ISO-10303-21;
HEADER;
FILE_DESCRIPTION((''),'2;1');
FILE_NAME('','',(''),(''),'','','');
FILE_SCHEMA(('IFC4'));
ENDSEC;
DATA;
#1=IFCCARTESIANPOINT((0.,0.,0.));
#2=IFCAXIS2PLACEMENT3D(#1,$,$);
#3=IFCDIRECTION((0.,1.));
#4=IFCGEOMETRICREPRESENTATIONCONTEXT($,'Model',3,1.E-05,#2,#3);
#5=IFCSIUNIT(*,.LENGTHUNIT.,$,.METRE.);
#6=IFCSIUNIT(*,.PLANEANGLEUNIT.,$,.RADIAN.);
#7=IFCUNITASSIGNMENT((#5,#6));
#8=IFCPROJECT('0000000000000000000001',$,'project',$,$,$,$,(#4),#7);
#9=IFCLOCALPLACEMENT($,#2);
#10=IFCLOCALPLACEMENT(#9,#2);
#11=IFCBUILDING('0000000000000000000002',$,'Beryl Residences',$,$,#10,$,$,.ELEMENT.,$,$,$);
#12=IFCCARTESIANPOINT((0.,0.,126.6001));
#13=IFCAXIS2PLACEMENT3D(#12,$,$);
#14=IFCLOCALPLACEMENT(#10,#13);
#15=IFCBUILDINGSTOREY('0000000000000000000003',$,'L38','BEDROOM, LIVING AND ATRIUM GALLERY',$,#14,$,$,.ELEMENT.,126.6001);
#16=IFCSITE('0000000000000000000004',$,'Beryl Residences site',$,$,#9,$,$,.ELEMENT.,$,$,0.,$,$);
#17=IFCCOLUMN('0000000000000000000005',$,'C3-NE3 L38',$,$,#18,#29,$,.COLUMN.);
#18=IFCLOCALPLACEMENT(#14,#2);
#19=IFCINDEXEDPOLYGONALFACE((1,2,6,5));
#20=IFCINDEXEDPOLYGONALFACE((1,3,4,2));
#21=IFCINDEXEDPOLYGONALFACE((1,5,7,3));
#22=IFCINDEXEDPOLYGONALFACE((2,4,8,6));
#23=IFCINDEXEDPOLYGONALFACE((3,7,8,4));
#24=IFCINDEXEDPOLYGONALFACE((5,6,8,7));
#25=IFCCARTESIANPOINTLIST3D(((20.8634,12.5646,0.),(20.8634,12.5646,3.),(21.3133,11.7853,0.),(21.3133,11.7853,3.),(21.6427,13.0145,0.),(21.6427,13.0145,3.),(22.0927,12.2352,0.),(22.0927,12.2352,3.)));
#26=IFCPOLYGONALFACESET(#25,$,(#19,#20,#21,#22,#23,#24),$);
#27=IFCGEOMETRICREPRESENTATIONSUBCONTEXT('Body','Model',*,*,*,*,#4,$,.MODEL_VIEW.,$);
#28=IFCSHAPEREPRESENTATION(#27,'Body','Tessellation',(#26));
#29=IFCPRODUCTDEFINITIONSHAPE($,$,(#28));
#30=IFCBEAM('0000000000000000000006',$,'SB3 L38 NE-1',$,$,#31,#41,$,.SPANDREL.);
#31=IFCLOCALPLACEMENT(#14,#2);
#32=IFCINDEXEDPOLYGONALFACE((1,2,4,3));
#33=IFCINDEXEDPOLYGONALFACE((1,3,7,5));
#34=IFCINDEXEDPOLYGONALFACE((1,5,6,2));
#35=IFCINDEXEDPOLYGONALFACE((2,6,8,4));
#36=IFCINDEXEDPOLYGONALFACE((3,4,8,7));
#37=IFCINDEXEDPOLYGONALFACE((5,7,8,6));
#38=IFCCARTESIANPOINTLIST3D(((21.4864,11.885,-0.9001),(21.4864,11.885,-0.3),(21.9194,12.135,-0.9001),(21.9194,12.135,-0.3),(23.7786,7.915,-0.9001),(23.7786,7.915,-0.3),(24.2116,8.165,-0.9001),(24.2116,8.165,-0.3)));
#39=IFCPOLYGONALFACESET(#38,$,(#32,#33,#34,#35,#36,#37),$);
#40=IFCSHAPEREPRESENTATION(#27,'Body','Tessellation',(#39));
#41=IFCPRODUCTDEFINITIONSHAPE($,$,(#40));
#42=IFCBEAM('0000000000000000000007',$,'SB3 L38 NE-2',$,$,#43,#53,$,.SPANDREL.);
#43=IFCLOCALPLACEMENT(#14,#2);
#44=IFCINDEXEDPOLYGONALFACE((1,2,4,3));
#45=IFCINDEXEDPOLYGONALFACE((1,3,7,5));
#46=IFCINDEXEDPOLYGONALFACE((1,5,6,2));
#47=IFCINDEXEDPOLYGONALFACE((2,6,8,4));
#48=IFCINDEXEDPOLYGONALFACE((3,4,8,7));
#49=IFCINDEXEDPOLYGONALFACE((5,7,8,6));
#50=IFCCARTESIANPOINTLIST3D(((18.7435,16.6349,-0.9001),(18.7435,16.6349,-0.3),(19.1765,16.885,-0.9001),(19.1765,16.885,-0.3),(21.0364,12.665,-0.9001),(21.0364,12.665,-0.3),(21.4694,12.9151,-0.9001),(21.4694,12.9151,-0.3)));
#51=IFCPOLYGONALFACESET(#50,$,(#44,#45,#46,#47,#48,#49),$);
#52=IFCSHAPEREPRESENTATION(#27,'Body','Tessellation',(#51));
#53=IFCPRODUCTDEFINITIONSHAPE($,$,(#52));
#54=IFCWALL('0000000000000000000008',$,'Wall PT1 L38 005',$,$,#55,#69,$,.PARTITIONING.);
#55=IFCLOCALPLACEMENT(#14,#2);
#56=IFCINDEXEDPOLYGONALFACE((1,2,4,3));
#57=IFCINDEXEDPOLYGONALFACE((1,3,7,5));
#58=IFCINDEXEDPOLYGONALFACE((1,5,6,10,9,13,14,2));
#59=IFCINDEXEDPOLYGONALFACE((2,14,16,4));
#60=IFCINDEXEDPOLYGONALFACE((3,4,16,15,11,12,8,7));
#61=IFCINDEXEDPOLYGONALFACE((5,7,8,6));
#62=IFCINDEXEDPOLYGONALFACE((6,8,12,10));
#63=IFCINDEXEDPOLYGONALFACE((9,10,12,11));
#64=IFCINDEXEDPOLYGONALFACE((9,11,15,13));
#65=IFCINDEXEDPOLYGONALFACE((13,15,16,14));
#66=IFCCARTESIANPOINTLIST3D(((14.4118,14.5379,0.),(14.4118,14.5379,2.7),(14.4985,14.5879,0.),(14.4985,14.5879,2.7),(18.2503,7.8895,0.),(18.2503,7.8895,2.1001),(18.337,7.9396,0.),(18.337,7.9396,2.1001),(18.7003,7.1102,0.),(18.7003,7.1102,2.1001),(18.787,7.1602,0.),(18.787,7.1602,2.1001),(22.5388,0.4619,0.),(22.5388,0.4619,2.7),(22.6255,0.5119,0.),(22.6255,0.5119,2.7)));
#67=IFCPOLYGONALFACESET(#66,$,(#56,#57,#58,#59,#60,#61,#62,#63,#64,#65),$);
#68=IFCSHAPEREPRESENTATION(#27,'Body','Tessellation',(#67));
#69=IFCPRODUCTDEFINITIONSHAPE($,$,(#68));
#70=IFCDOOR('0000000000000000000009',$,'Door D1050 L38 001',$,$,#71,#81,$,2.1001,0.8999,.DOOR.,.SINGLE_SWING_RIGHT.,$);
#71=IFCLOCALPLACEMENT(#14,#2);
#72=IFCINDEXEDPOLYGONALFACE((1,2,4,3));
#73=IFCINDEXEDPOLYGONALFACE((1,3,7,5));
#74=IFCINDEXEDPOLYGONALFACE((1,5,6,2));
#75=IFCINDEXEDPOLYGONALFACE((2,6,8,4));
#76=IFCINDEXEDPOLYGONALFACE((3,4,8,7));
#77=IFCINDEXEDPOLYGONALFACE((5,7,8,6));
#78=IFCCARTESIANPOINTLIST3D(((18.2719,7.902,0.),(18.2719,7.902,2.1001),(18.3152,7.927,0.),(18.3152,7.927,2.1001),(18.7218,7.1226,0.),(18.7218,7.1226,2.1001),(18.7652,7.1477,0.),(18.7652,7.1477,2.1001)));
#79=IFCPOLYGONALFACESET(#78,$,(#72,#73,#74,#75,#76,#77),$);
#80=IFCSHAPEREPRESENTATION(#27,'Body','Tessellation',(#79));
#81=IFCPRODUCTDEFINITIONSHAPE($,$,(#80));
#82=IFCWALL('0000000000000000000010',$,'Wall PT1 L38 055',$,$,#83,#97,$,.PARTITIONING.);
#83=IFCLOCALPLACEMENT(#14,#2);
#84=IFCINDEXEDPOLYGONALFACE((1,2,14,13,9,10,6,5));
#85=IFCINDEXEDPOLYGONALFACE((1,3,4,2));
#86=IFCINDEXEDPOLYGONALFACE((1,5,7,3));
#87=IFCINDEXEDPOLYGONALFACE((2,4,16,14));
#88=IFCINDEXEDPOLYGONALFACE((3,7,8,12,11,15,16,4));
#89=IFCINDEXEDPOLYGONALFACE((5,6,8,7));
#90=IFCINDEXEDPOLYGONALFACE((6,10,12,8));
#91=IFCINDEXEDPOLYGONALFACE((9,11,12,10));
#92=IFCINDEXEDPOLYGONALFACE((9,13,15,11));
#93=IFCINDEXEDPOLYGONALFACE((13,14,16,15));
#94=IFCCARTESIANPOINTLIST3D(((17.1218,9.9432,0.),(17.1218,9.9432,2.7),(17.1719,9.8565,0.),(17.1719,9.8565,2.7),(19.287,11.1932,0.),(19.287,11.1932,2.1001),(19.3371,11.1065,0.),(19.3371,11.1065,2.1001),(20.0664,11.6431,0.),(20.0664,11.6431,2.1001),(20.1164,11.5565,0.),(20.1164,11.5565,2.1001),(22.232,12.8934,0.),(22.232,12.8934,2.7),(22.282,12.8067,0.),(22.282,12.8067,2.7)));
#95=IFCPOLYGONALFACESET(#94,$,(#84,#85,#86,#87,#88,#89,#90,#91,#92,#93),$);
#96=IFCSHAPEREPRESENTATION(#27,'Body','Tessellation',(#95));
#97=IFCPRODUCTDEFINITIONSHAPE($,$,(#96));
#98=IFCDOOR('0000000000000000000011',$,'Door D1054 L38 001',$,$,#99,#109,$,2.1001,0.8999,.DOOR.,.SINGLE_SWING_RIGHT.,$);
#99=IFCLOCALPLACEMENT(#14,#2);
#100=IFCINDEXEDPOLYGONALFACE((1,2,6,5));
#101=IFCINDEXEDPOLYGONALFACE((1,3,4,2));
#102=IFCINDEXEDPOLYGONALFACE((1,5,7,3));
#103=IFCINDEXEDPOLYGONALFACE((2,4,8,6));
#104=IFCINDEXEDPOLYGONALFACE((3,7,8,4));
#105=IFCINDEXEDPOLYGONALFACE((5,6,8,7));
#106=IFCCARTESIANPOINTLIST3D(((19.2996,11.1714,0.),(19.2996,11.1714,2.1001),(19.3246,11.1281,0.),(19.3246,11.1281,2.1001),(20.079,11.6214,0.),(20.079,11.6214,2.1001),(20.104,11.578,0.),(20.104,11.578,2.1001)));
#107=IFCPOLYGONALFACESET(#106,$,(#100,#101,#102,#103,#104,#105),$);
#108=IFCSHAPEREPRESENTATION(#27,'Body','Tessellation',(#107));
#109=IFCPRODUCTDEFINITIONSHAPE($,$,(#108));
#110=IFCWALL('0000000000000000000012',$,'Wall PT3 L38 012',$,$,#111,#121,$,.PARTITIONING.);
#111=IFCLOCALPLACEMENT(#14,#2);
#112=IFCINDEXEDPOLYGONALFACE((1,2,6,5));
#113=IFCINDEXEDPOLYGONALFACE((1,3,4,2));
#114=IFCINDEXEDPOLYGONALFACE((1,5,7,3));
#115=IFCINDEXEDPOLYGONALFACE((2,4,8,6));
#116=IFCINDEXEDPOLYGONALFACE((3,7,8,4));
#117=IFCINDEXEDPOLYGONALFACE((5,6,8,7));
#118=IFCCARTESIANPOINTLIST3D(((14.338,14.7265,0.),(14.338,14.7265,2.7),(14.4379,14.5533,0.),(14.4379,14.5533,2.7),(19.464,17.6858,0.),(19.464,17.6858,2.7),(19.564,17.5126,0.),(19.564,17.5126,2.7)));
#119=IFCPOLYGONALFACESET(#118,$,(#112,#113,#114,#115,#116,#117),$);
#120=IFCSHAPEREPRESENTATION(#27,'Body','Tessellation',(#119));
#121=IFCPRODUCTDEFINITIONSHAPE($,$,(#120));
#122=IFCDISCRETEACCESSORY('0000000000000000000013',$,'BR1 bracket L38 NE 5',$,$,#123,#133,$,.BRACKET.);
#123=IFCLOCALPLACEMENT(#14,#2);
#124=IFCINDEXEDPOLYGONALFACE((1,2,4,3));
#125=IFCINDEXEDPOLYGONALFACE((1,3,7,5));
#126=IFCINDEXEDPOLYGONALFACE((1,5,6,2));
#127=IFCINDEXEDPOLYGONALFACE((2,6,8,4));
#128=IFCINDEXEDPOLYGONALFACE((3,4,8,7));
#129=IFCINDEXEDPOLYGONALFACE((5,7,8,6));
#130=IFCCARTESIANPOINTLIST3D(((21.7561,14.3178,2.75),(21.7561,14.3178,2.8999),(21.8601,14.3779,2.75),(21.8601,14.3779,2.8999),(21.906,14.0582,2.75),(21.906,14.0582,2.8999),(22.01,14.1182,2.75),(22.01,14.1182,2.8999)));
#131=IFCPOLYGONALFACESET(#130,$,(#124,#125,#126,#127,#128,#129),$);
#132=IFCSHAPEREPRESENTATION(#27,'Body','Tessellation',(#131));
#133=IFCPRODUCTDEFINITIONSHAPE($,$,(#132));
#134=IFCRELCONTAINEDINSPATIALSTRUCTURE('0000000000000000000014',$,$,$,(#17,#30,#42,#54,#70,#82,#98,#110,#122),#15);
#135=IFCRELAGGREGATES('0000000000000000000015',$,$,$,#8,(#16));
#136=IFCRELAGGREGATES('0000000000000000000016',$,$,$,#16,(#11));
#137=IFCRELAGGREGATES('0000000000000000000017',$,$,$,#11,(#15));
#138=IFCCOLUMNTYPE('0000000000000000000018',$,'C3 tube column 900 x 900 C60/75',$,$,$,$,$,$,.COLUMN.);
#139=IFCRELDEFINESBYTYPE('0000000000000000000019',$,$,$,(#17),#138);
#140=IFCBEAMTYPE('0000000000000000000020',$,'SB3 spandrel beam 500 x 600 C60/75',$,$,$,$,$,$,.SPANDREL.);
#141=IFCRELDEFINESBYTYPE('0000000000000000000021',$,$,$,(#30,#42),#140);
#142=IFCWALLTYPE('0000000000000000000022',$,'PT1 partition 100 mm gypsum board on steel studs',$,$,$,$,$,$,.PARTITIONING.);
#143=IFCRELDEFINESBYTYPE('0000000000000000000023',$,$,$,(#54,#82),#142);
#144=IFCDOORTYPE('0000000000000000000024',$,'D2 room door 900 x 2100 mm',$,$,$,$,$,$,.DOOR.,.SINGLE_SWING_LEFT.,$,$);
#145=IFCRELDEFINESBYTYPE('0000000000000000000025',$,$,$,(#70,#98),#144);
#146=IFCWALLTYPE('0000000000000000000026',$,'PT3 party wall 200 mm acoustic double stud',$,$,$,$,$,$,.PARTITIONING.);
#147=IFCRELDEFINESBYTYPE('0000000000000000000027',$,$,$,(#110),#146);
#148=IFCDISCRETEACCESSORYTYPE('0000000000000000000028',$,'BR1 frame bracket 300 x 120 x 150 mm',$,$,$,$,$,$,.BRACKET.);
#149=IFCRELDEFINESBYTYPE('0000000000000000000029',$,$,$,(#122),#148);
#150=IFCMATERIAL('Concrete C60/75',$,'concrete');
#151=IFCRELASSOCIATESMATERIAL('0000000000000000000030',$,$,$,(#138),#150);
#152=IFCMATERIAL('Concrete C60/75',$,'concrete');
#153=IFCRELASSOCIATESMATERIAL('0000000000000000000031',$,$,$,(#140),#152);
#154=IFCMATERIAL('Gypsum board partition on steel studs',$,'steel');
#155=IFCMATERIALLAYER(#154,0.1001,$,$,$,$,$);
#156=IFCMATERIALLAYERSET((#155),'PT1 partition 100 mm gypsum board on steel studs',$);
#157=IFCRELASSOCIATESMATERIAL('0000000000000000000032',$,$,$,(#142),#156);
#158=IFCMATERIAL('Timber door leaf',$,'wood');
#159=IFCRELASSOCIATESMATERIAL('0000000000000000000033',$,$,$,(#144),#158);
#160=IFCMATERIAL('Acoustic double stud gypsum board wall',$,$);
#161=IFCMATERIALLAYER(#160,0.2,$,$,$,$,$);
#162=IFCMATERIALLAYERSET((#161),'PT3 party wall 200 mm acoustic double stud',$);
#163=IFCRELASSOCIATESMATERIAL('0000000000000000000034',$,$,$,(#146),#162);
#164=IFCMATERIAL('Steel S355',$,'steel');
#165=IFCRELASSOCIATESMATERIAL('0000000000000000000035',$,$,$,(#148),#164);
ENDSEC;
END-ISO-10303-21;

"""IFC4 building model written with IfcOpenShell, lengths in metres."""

from ifc_helpers import new_model, si_unit, direction, frame, frame_2d, origin, origin_2d, place, context, subcontext, project, spatial, polyline, rectangle, outline, extrude, source, transform, mapped, material, layer, layer_set, material_profile, profile_set, type_object, type_shapes, element, fill, save


model = new_model("IFC4")

# Units and contexts
model_context = context("Model", 3, precision=1e-05, world=origin(), true_north=direction((0.0, 1.0)))
body_context = subcontext(model_context, "Body", "Model", "MODEL_VIEW")
ifc_project = project(units=[si_unit("LENGTHUNIT", "METRE"), si_unit("PLANEANGLEUNIT", "RADIAN")], contexts=[model_context])

# Site, building, storey
site_placement = place(None, origin())
site = spatial("IfcSite", under=ifc_project, at=site_placement, Name="Beryl Residences site", CompositionType="ELEMENT", RefElevation=0.0)
building_placement = place(site_placement, origin())
building = spatial("IfcBuilding", under=site, at=building_placement, Name="Beryl Residences", CompositionType="ELEMENT")
storey_placement = place(building_placement, frame((0.0, 0.0, 126.6001)))
storey = spatial("IfcBuildingStorey", under=building, at=storey_placement, Name="L38", Description="BEDROOM, LIVING AND ATRIUM GALLERY", CompositionType="ELEMENT", Elevation=126.6001)

# Column
ifc_material_1 = material(Name="Concrete C60/75", Category="concrete")
ifc_material_profile_1 = material_profile(ifc_material_1, rectangle(XDim=0.8999, YDim=0.8999, at=origin_2d()))
ifc_profile_set_1 = profile_set([ifc_material_profile_1], Name="Concrete C60/75")
column_type = type_object("IfcColumnType", Name="C3 tube column 900 x 900 C60/75", PredefinedType="COLUMN", material=ifc_profile_set_1)
column_placement = place(storey_placement, frame((21.478, 12.3999, 0.0), z_axis=(0.0, 0.0, 1.0), x_axis=(-0.5, 0.866025, 0.0)))
element("IfcColumn", 1, at=column_placement, inside=storey, type_object=column_type, Name="C3-NE3 L38", PredefinedType="COLUMN", context=body_context, shape_type="SweptSolid", body=[
    extrude(rectangle(XDim=0.8999, YDim=0.8999, at=origin_2d()), origin(), (0.0, 0.0, 1.0), 3.0),
])

# Beams
ifc_material_2 = material(Name="Concrete C60/75", Category="concrete")
ifc_material_profile_2 = material_profile(ifc_material_2, rectangle(XDim=0.5, YDim=0.6001, at=origin_2d()))
ifc_profile_set_2 = profile_set([ifc_material_profile_2], Name="Concrete C60/75")
beam_type = type_object("IfcBeamType", Name="SB3 spandrel beam 500 x 600 C60/75", PredefinedType="SPANDREL", material=ifc_profile_set_2)
beam_1_placement = place(storey_placement, frame((23.9951, 8.04, -0.6001), z_axis=(-0.500028, 0.866009, 0.0), x_axis=(-0.866009, -0.500028, 0.0)))
element("IfcBeam", 2, at=beam_1_placement, inside=storey, type_object=beam_type, Name="SB3 L38 NE-1", PredefinedType="SPANDREL", context=body_context, shape_type="SweptSolid", body=[
    extrude(rectangle(XDim=0.5, YDim=0.6001, at=origin_2d()), origin(), (0.0, 0.0, 1.0), 4.5842),
])
beam_2_placement = place(storey_placement, frame((21.2529, 12.79, -0.6001), z_axis=(-0.500148, 0.86594, 0.0), x_axis=(-0.86594, -0.500148, 0.0)))
element("IfcBeam", 3, at=beam_2_placement, inside=storey, type_object=beam_type, Name="SB3 L38 NE-2", PredefinedType="SPANDREL", context=body_context, shape_type="SweptSolid", body=[
    extrude(rectangle(XDim=0.5, YDim=0.6001, at=origin_2d()), origin(), (0.0, 0.0, 1.0), 4.5845),
])

# Walls, openings, doors
ifc_material_3 = material(Name="Gypsum board partition on steel studs", Category="steel")
ifc_layer_1 = layer(ifc_material_3, 0.1001)
ifc_layer_set_1 = layer_set([ifc_layer_1], Name="PT1 partition 100 mm gypsum board on steel studs")
wall_type_1 = type_object("IfcWallType", Name="PT1 partition 100 mm gypsum board on steel studs", PredefinedType="PARTITIONING", material=ifc_layer_set_1)
wall_1_placement = place(storey_placement, frame((14.4551, 14.563, 0.0), z_axis=(0.0, 0.0, 1.0), x_axis=(0.50001, -0.86602, 0.0)))
wall_1 = element("IfcWall", 4, at=wall_1_placement, inside=storey, type_object=wall_type_1, Name="Wall PT1 L38 005", PredefinedType="PARTITIONING", context=body_context, shape_type="SweptSolid", body=[
    extrude(rectangle(XDim=16.2537, YDim=0.1001, at=frame_2d((8.127, 0.0))), origin(), (0.0, 0.0, 1.0), 2.7),
])
opening_1_placement = place(wall_1_placement, frame((7.677, 0.0, 0.0)))
opening_1 = element("IfcOpeningElement", 5, at=opening_1_placement, cuts=wall_1, PredefinedType="OPENING", context=body_context, shape_type="SweptSolid", body=[
    extrude(rectangle(XDim=0.8999, YDim=2.1001, at=frame_2d((0.45, 1.05))), frame((0.0, 0.0601, 0.0), z_axis=(0.0, -1.0, 0.0), x_axis=(1.0, 0.0, 0.0)), (0.0, 0.0, 1.0), 0.1201),
])
ifc_material_4 = material(Name="Timber door leaf", Category="wood")
door_type = type_object("IfcDoorType", Name="D2 room door 900 x 2100 mm", OperationType="SINGLE_SWING_LEFT", PredefinedType="DOOR", material=ifc_material_4)
door_1_placement = place(opening_1_placement, origin())
door_1 = element("IfcDoor", 6, at=door_1_placement, inside=storey, type_object=door_type, Name="Door D1050 L38 001", OperationType="SINGLE_SWING_RIGHT", OverallHeight=2.1001, OverallWidth=0.8999, PredefinedType="DOOR", context=body_context, shape_type="SweptSolid", body=[
    extrude(rectangle(XDim=0.8999, YDim=2.1001, at=frame_2d((0.45, 1.05))), frame((0.0, 0.0249, 0.0), z_axis=(0.0, -1.0, 0.0), x_axis=(1.0, 0.0, 0.0)), (0.0, 0.0, 1.0), 0.05),
])
fill(opening_1, door_1)
wall_2_placement = place(storey_placement, frame((17.147, 9.8999, 0.0), z_axis=(0.0, 0.0, 1.0), x_axis=(0.866035, 0.499984, 0.0)))
wall_2 = element("IfcWall", 7, at=wall_2_placement, inside=storey, type_object=wall_type_1, Name="Wall PT1 L38 055", PredefinedType="PARTITIONING", context=body_context, shape_type="SweptSolid", body=[
    extrude(rectangle(XDim=5.9006, YDim=0.1001, at=frame_2d((2.9502, 0.0))), origin(), (0.0, 0.0, 1.0), 2.7),
])
opening_2_placement = place(wall_2_placement, frame((2.5, 0.0, 0.0)))
opening_2 = element("IfcOpeningElement", 8, at=opening_2_placement, cuts=wall_2, PredefinedType="OPENING", context=body_context, shape_type="SweptSolid", body=[
    extrude(rectangle(XDim=0.8999, YDim=2.1001, at=frame_2d((0.45, 1.05))), frame((0.0, 0.0601, 0.0), z_axis=(0.0, -1.0, 0.0), x_axis=(1.0, 0.0, 0.0)), (0.0, 0.0, 1.0), 0.1201),
])
door_2_placement = place(opening_2_placement, origin())
door_2 = element("IfcDoor", 9, at=door_2_placement, inside=storey, type_object=door_type, Name="Door D1054 L38 001", OperationType="SINGLE_SWING_RIGHT", OverallHeight=2.1001, OverallWidth=0.8999, PredefinedType="DOOR", context=body_context, shape_type="SweptSolid", body=[
    extrude(rectangle(XDim=0.8999, YDim=2.1001, at=frame_2d((0.45, 1.05))), frame((0.0, 0.0249, 0.0), z_axis=(0.0, -1.0, 0.0), x_axis=(1.0, 0.0, 0.0)), (0.0, 0.0, 1.0), 0.05),
])
fill(opening_2, door_2)

# Wall
ifc_material_5 = material(Name="Acoustic double stud gypsum board wall")
ifc_layer_2 = layer(ifc_material_5, 0.2)
ifc_layer_set_2 = layer_set([ifc_layer_2], Name="PT3 party wall 200 mm acoustic double stud")
wall_type_2 = type_object("IfcWallType", Name="PT3 party wall 200 mm acoustic double stud", PredefinedType="PARTITIONING", material=ifc_layer_set_2)
wall_3_placement = place(storey_placement, frame((14.3879, 14.6399, 0.0), z_axis=(0.0, 0.0, 1.0), x_axis=(0.866044, 0.499968, 0.0)))
element("IfcWall", 10, at=wall_3_placement, inside=storey, type_object=wall_type_2, Name="Wall PT3 L38 012", PredefinedType="PARTITIONING", context=body_context, shape_type="SweptSolid", body=[
    extrude(rectangle(XDim=5.9189, YDim=0.2, at=frame_2d((2.9595, 0.0))), origin(), (0.0, 0.0, 1.0), 2.7),
])

# Discrete accessory
ifc_material_6 = material(Name="Steel S355", Category="steel")
discrete_accessory_type = type_object("IfcDiscreteAccessoryType", Name="BR1 frame bracket 300 x 120 x 150 mm", PredefinedType="BRACKET", material=ifc_material_6)
shared_shape_1 = source(origin(), body_context, "Body", "SweptSolid", [
    extrude(outline(polyline([(-0.1499, 0.0), (0.1499, 0.0), (0.1499, 0.1201), (-0.1499, 0.1201), (-0.1499, 0.0)])), origin(), (0.0, 0.0, 1.0), 0.1499),
])
type_shapes(discrete_accessory_type, [shared_shape_1])
discrete_accessory_placement = place(storey_placement, frame((21.8311, 14.188, 2.75), z_axis=(0.0, 0.0, 1.0), x_axis=(0.5, -0.866025, 0.0)))
element("IfcDiscreteAccessory", 11, at=discrete_accessory_placement, inside=storey, type_object=discrete_accessory_type, Name="BR1 bracket L38 NE 5", PredefinedType="BRACKET", context=body_context, shape_type="MappedRepresentation", body=[
    mapped(shared_shape_1, transform((0.0, 0.0, 0.0))),
])

save(model, "model.ifc")
